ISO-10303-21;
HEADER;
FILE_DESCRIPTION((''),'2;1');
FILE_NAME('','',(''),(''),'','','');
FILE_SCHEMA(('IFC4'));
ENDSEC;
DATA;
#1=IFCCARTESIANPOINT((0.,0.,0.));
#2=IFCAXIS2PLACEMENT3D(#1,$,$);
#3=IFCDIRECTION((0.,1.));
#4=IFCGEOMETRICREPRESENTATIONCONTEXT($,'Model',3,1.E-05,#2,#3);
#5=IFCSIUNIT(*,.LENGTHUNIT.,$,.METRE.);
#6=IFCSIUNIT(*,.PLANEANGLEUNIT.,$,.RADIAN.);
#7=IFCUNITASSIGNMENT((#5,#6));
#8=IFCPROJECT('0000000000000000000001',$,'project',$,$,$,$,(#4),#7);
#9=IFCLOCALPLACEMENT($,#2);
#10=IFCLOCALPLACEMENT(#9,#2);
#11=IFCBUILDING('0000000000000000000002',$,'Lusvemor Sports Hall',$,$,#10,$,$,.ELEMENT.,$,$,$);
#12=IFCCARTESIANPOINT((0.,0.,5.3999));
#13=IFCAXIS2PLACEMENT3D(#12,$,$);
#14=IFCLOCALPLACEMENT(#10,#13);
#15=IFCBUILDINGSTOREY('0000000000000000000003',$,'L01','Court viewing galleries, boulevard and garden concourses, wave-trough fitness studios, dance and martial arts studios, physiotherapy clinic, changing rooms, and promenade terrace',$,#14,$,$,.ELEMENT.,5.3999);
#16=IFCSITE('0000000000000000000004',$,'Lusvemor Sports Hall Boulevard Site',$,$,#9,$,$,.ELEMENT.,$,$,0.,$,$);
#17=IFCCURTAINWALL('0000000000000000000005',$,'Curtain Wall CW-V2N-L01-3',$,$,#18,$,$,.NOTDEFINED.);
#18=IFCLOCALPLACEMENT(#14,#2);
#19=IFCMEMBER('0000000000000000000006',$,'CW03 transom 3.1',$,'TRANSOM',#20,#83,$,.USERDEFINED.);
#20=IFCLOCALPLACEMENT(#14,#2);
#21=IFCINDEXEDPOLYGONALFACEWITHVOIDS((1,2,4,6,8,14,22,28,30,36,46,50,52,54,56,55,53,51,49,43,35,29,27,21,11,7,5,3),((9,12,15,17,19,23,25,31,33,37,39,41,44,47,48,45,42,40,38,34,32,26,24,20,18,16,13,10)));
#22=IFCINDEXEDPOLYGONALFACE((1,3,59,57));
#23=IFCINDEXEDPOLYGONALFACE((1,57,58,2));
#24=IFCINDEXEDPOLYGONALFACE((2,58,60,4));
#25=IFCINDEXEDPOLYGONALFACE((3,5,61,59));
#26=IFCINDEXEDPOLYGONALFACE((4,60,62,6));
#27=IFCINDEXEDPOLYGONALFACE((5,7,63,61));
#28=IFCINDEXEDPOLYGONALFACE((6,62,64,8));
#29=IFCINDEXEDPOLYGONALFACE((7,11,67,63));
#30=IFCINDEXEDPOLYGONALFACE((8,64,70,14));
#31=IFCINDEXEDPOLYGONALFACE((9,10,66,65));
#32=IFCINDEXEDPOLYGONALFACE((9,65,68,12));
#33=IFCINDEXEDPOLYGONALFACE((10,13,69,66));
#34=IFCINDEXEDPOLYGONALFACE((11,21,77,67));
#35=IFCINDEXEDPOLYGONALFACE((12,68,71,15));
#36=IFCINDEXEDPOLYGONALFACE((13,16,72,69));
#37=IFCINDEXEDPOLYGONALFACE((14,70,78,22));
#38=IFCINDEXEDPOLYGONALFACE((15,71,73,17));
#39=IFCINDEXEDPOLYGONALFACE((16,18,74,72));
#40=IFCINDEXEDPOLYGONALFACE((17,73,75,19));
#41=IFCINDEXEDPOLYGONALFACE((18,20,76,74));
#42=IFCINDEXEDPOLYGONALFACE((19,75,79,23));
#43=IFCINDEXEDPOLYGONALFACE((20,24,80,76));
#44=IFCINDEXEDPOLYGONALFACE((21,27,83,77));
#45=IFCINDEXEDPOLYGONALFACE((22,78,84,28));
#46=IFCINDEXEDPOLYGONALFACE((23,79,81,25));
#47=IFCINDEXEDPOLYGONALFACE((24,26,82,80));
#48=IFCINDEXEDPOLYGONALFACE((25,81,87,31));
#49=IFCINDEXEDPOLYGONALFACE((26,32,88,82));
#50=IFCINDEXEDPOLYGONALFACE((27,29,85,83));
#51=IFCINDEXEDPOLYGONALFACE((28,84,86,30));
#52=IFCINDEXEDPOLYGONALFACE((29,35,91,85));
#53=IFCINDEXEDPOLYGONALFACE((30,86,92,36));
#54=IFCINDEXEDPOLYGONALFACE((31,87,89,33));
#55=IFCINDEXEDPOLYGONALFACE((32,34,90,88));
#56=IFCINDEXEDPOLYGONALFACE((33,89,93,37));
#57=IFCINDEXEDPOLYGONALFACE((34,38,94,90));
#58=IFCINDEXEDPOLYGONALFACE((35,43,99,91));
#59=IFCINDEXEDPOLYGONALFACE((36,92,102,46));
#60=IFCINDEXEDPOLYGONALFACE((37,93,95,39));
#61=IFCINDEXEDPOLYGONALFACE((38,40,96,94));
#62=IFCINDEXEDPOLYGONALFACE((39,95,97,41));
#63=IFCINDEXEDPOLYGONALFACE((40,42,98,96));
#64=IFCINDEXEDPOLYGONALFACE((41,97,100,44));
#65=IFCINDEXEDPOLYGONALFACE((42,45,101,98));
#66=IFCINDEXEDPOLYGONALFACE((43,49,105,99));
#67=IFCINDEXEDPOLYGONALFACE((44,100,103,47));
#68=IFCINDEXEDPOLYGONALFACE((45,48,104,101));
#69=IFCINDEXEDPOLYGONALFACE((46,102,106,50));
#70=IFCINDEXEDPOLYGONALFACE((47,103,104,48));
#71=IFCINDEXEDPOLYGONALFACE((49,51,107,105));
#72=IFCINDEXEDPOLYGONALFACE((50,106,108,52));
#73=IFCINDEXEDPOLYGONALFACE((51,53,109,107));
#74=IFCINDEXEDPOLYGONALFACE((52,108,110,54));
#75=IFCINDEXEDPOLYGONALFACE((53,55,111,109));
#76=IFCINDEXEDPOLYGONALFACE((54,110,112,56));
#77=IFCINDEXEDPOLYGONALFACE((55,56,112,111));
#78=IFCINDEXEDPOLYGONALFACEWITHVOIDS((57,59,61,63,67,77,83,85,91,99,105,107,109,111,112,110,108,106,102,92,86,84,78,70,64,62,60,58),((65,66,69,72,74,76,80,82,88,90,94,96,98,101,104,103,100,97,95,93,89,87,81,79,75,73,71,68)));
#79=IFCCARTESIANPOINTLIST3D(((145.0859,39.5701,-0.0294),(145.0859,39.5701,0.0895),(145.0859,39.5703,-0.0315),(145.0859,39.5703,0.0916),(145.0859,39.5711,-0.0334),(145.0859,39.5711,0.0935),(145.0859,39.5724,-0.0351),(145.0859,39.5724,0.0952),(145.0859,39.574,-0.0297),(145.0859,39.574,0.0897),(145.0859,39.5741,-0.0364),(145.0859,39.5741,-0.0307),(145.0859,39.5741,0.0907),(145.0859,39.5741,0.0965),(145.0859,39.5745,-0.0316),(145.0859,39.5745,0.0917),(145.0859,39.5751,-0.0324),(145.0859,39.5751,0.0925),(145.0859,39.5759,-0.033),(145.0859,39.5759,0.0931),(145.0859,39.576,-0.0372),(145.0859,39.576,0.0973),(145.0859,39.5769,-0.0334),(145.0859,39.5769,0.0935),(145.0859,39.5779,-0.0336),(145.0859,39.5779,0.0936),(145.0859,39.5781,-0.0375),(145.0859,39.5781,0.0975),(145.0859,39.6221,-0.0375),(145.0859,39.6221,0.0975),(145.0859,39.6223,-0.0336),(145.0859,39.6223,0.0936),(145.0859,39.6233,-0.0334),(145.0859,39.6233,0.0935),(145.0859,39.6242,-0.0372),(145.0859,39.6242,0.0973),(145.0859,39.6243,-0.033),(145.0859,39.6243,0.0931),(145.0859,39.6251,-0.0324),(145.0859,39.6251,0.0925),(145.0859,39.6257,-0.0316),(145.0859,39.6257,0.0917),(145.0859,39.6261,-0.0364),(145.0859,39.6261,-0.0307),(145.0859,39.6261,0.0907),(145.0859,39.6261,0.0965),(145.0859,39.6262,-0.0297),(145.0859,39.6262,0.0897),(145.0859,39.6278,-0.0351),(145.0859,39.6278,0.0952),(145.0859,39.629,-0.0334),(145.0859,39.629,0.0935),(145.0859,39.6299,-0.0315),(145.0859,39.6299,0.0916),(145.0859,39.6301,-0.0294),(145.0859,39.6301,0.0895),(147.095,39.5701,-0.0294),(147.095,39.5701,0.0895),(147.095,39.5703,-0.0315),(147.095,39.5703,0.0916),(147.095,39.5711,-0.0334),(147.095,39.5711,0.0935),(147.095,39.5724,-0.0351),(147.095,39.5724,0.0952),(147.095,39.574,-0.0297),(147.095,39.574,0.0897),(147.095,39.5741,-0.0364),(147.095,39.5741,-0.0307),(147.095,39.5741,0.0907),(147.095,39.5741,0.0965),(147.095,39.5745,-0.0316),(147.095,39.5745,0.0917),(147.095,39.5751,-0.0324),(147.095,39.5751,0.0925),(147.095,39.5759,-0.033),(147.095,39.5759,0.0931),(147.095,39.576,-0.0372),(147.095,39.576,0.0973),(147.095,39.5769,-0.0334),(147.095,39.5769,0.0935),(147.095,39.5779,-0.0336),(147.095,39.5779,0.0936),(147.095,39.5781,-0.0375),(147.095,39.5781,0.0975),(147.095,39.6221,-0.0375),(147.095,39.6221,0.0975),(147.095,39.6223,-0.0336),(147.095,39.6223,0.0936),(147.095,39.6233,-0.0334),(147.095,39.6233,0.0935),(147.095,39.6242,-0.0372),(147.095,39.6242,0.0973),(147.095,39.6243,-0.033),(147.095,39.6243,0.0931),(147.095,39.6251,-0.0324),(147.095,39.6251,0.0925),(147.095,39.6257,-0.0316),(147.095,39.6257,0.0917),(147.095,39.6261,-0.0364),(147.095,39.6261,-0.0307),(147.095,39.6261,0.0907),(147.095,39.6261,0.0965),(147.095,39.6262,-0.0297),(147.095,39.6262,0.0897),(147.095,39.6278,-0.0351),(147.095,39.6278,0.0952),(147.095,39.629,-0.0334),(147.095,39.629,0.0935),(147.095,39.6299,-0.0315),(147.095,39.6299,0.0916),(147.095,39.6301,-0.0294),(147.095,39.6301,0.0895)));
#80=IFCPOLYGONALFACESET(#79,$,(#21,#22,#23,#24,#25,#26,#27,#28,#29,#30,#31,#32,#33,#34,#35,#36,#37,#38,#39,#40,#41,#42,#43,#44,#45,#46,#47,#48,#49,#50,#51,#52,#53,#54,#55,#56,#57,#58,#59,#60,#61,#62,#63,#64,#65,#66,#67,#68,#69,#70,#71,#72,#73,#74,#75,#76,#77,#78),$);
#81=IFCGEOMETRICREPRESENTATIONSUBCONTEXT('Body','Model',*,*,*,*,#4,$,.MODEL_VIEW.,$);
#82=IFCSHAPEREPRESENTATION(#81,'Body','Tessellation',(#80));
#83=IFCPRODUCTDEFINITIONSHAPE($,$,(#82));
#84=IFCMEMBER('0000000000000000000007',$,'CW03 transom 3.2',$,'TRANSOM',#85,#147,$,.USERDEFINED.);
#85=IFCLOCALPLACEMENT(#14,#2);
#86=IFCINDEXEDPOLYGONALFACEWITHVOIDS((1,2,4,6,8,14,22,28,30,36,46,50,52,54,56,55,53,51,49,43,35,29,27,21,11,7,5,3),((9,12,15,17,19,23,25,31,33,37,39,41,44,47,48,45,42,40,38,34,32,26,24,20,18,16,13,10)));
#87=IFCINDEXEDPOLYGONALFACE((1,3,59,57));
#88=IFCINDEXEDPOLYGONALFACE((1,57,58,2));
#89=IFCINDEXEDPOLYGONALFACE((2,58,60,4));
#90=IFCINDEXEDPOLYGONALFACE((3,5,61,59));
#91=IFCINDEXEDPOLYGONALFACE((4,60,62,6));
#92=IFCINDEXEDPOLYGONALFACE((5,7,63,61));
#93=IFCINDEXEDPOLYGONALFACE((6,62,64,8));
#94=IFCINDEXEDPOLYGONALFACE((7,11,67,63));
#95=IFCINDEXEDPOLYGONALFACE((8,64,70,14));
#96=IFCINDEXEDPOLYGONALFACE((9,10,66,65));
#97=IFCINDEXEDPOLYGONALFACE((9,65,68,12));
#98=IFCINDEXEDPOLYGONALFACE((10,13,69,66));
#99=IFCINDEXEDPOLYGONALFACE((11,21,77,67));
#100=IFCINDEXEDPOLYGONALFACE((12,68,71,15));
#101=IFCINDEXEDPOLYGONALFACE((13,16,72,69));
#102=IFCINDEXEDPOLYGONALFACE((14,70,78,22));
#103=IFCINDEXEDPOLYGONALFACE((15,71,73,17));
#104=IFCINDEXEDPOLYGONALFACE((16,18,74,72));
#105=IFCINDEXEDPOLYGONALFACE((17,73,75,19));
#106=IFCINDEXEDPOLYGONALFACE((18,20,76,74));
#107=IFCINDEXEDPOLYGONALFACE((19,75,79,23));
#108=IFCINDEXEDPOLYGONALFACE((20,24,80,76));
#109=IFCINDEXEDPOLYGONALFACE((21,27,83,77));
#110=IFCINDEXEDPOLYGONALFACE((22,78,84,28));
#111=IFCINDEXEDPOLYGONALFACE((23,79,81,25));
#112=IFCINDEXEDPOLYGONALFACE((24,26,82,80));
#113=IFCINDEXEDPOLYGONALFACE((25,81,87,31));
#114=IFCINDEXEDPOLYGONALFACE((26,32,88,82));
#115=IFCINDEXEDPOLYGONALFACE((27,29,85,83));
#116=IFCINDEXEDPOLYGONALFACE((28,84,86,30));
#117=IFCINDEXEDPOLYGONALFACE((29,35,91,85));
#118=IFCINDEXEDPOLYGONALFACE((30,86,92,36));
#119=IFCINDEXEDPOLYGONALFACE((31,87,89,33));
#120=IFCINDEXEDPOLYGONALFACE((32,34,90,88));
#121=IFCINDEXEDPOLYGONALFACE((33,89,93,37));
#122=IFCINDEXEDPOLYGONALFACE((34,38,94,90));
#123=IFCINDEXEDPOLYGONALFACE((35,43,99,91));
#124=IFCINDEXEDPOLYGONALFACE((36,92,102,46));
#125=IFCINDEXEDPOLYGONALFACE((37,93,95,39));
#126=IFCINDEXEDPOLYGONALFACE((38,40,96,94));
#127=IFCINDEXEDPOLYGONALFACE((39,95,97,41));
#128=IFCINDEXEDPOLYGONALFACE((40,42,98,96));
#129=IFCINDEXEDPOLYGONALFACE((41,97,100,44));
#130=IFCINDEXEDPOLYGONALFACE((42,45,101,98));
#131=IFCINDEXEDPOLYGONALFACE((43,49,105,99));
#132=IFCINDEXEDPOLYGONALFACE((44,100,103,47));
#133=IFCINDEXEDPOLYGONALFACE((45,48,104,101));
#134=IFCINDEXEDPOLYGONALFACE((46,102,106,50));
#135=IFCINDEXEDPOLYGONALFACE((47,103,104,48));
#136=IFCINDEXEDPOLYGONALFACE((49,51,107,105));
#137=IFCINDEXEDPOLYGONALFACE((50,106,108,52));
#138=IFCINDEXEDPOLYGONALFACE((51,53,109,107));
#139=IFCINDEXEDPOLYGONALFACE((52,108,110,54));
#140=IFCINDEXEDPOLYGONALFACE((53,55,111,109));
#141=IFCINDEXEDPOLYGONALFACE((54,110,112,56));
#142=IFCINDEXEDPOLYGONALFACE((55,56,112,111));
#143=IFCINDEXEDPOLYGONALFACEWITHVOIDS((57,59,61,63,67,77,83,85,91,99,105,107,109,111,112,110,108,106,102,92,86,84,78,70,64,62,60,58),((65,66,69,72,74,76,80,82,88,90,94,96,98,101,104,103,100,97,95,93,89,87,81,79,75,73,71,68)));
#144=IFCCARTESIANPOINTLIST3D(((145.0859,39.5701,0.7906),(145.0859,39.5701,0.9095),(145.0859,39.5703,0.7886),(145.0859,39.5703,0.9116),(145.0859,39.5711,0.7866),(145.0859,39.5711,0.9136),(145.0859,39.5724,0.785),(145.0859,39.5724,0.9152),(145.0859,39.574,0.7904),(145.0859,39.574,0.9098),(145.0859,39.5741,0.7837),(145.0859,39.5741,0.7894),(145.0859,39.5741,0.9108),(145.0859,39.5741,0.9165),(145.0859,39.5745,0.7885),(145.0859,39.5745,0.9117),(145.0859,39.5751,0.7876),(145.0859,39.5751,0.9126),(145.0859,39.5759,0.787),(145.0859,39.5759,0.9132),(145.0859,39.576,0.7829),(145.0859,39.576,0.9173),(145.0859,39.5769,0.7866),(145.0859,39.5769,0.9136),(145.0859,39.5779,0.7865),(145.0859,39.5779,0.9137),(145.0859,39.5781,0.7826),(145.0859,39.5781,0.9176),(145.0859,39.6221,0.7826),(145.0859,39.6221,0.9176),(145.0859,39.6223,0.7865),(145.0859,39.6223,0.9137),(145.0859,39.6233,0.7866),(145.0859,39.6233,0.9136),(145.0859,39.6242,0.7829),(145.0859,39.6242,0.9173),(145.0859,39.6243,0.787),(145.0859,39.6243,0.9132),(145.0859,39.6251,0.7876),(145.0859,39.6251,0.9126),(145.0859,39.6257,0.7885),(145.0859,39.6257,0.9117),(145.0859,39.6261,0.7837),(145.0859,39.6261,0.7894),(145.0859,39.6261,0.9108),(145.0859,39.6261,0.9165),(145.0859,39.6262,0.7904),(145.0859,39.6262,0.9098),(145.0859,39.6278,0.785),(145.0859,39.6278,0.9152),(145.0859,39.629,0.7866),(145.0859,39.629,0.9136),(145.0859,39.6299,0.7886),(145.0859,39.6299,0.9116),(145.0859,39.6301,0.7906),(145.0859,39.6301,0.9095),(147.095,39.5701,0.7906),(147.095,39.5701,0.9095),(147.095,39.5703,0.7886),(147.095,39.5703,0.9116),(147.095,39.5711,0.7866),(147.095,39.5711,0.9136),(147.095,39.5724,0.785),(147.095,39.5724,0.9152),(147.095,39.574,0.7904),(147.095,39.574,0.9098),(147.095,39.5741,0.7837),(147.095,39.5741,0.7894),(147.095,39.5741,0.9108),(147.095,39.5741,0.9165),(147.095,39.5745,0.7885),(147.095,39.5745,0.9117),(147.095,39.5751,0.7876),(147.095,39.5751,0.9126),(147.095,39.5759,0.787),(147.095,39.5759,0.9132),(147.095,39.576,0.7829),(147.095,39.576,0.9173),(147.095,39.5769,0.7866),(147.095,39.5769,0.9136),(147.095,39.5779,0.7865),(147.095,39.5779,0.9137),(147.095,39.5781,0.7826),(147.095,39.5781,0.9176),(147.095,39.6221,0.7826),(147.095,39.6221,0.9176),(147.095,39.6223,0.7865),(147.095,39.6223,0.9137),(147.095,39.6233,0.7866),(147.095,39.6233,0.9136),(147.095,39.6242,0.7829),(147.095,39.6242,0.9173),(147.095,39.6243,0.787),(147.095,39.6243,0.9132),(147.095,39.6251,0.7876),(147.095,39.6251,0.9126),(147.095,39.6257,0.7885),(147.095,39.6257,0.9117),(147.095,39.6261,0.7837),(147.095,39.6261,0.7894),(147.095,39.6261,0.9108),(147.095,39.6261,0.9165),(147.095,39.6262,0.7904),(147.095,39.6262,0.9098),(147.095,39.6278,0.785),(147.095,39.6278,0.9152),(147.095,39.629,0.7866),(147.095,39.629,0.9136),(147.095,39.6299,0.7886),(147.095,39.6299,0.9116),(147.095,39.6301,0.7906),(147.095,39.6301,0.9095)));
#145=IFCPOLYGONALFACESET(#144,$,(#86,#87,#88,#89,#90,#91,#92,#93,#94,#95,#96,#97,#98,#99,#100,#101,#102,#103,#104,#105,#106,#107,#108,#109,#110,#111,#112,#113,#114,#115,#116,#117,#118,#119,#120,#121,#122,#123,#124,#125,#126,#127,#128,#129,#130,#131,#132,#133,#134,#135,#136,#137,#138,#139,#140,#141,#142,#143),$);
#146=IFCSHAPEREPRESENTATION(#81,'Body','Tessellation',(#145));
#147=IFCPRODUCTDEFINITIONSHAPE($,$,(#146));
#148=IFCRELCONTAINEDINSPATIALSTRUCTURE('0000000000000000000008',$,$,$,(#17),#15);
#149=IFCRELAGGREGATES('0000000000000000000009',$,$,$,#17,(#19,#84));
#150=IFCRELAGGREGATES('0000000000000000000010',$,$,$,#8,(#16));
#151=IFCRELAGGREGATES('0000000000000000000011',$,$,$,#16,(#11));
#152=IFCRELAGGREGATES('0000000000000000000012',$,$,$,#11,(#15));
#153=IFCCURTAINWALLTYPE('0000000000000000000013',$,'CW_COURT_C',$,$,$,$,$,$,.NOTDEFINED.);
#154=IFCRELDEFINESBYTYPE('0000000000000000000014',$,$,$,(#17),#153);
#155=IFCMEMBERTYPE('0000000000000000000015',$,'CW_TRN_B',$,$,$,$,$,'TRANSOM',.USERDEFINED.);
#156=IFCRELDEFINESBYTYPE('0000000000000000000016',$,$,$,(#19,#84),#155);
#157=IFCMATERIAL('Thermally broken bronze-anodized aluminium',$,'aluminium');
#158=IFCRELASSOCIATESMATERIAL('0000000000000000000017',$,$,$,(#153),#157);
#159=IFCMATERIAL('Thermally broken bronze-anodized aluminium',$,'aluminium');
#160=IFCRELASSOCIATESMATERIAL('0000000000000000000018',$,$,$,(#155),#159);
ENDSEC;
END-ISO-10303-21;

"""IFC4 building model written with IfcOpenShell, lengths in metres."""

from ifc_helpers import new_model, si_unit, direction, frame, origin, origin_2d, place, context, subcontext, project, spatial, hollow_rectangle, extrude, material, material_profile, profile_set, type_object, element, aggregate, save


model = new_model("IFC4")

# Units and contexts
model_context = context("Model", 3, precision=1e-05, world=origin(), true_north=direction((0.0, 1.0)))
body_context = subcontext(model_context, "Body", "Model", "MODEL_VIEW")
ifc_project = project(units=[si_unit("LENGTHUNIT", "METRE"), si_unit("PLANEANGLEUNIT", "RADIAN")], contexts=[model_context])

# Site, building, storey
site_placement = place(None, origin())
site = spatial("IfcSite", under=ifc_project, at=site_placement, Name="Lusvemor Sports Hall Boulevard Site", CompositionType="ELEMENT", RefElevation=0.0)
building_placement = place(site_placement, origin())
building = spatial("IfcBuilding", under=site, at=building_placement, Name="Lusvemor Sports Hall", CompositionType="ELEMENT")
storey_placement = place(building_placement, frame((0.0, 0.0, 5.3999)))
storey = spatial("IfcBuildingStorey", under=building, at=storey_placement, Name="L01", Description="Court viewing galleries, boulevard and garden concourses, wave-trough fitness studios, dance and martial arts studios, physiotherapy clinic, changing rooms, and promenade terrace", CompositionType="ELEMENT", Elevation=5.3999)

# Curtain wall, members
ifc_material_1 = material(Name="Thermally broken bronze-anodized aluminium", Category="aluminium")
curtain_wall_type = type_object("IfcCurtainWallType", Name="CW_COURT_C", PredefinedType="NOTDEFINED", material=ifc_material_1)
curtain_wall_placement = place(storey_placement, origin())
curtain_wall = element("IfcCurtainWall", 1, at=curtain_wall_placement, inside=storey, type_object=curtain_wall_type, Name="Curtain Wall CW-V2N-L01-3", PredefinedType="NOTDEFINED")
ifc_material_2 = material(Name="Thermally broken bronze-anodized aluminium", Category="aluminium")
ifc_material_profile_1 = material_profile(ifc_material_2, hollow_rectangle(XDim=0.0601, YDim=0.135, WallThickness=0.0039, InnerFilletRadius=0.0039, OuterFilletRadius=0.0081, at=origin_2d()), Name="CWTRN135x60x4")
ifc_profile_set_1 = profile_set([ifc_material_profile_1], Name="Thermally broken bronze-anodized aluminium")
member_type_1 = type_object("IfcMemberType", Name="CW_TRN_B", ElementType="TRANSOM", PredefinedType="USERDEFINED", material=ifc_profile_set_1)
member_1_placement = place(storey_placement, frame((145.0859, 39.6001, 0.03), z_axis=(1.0, 0.0, 0.0), x_axis=(0.0, 1.0, 0.0)))
member_1 = element("IfcMember", 2, at=member_1_placement, type_object=member_type_1, Name="CW03 transom 3.1", ObjectType="TRANSOM", PredefinedType="USERDEFINED", context=body_context, shape_type="SweptSolid", body=[
    extrude(hollow_rectangle(XDim=0.0601, YDim=0.135, WallThickness=0.0039, InnerFilletRadius=0.0039, OuterFilletRadius=0.0081, at=origin_2d()), origin(), (0.0, 0.0, 1.0), 2.009),
])
member_2_placement = place(storey_placement, frame((145.0859, 39.6001, 0.8501), z_axis=(1.0, 0.0, 0.0), x_axis=(0.0, 1.0, 0.0)))
member_2 = element("IfcMember", 3, at=member_2_placement, type_object=member_type_1, Name="CW03 transom 3.2", ObjectType="TRANSOM", PredefinedType="USERDEFINED", context=body_context, shape_type="SweptSolid", body=[
    extrude(hollow_rectangle(XDim=0.0601, YDim=0.135, WallThickness=0.0039, InnerFilletRadius=0.0039, OuterFilletRadius=0.0081, at=origin_2d()), origin(), (0.0, 0.0, 1.0), 2.009),
])

aggregate(curtain_wall, [member_1, member_2])

save(model, "model.ifc")
